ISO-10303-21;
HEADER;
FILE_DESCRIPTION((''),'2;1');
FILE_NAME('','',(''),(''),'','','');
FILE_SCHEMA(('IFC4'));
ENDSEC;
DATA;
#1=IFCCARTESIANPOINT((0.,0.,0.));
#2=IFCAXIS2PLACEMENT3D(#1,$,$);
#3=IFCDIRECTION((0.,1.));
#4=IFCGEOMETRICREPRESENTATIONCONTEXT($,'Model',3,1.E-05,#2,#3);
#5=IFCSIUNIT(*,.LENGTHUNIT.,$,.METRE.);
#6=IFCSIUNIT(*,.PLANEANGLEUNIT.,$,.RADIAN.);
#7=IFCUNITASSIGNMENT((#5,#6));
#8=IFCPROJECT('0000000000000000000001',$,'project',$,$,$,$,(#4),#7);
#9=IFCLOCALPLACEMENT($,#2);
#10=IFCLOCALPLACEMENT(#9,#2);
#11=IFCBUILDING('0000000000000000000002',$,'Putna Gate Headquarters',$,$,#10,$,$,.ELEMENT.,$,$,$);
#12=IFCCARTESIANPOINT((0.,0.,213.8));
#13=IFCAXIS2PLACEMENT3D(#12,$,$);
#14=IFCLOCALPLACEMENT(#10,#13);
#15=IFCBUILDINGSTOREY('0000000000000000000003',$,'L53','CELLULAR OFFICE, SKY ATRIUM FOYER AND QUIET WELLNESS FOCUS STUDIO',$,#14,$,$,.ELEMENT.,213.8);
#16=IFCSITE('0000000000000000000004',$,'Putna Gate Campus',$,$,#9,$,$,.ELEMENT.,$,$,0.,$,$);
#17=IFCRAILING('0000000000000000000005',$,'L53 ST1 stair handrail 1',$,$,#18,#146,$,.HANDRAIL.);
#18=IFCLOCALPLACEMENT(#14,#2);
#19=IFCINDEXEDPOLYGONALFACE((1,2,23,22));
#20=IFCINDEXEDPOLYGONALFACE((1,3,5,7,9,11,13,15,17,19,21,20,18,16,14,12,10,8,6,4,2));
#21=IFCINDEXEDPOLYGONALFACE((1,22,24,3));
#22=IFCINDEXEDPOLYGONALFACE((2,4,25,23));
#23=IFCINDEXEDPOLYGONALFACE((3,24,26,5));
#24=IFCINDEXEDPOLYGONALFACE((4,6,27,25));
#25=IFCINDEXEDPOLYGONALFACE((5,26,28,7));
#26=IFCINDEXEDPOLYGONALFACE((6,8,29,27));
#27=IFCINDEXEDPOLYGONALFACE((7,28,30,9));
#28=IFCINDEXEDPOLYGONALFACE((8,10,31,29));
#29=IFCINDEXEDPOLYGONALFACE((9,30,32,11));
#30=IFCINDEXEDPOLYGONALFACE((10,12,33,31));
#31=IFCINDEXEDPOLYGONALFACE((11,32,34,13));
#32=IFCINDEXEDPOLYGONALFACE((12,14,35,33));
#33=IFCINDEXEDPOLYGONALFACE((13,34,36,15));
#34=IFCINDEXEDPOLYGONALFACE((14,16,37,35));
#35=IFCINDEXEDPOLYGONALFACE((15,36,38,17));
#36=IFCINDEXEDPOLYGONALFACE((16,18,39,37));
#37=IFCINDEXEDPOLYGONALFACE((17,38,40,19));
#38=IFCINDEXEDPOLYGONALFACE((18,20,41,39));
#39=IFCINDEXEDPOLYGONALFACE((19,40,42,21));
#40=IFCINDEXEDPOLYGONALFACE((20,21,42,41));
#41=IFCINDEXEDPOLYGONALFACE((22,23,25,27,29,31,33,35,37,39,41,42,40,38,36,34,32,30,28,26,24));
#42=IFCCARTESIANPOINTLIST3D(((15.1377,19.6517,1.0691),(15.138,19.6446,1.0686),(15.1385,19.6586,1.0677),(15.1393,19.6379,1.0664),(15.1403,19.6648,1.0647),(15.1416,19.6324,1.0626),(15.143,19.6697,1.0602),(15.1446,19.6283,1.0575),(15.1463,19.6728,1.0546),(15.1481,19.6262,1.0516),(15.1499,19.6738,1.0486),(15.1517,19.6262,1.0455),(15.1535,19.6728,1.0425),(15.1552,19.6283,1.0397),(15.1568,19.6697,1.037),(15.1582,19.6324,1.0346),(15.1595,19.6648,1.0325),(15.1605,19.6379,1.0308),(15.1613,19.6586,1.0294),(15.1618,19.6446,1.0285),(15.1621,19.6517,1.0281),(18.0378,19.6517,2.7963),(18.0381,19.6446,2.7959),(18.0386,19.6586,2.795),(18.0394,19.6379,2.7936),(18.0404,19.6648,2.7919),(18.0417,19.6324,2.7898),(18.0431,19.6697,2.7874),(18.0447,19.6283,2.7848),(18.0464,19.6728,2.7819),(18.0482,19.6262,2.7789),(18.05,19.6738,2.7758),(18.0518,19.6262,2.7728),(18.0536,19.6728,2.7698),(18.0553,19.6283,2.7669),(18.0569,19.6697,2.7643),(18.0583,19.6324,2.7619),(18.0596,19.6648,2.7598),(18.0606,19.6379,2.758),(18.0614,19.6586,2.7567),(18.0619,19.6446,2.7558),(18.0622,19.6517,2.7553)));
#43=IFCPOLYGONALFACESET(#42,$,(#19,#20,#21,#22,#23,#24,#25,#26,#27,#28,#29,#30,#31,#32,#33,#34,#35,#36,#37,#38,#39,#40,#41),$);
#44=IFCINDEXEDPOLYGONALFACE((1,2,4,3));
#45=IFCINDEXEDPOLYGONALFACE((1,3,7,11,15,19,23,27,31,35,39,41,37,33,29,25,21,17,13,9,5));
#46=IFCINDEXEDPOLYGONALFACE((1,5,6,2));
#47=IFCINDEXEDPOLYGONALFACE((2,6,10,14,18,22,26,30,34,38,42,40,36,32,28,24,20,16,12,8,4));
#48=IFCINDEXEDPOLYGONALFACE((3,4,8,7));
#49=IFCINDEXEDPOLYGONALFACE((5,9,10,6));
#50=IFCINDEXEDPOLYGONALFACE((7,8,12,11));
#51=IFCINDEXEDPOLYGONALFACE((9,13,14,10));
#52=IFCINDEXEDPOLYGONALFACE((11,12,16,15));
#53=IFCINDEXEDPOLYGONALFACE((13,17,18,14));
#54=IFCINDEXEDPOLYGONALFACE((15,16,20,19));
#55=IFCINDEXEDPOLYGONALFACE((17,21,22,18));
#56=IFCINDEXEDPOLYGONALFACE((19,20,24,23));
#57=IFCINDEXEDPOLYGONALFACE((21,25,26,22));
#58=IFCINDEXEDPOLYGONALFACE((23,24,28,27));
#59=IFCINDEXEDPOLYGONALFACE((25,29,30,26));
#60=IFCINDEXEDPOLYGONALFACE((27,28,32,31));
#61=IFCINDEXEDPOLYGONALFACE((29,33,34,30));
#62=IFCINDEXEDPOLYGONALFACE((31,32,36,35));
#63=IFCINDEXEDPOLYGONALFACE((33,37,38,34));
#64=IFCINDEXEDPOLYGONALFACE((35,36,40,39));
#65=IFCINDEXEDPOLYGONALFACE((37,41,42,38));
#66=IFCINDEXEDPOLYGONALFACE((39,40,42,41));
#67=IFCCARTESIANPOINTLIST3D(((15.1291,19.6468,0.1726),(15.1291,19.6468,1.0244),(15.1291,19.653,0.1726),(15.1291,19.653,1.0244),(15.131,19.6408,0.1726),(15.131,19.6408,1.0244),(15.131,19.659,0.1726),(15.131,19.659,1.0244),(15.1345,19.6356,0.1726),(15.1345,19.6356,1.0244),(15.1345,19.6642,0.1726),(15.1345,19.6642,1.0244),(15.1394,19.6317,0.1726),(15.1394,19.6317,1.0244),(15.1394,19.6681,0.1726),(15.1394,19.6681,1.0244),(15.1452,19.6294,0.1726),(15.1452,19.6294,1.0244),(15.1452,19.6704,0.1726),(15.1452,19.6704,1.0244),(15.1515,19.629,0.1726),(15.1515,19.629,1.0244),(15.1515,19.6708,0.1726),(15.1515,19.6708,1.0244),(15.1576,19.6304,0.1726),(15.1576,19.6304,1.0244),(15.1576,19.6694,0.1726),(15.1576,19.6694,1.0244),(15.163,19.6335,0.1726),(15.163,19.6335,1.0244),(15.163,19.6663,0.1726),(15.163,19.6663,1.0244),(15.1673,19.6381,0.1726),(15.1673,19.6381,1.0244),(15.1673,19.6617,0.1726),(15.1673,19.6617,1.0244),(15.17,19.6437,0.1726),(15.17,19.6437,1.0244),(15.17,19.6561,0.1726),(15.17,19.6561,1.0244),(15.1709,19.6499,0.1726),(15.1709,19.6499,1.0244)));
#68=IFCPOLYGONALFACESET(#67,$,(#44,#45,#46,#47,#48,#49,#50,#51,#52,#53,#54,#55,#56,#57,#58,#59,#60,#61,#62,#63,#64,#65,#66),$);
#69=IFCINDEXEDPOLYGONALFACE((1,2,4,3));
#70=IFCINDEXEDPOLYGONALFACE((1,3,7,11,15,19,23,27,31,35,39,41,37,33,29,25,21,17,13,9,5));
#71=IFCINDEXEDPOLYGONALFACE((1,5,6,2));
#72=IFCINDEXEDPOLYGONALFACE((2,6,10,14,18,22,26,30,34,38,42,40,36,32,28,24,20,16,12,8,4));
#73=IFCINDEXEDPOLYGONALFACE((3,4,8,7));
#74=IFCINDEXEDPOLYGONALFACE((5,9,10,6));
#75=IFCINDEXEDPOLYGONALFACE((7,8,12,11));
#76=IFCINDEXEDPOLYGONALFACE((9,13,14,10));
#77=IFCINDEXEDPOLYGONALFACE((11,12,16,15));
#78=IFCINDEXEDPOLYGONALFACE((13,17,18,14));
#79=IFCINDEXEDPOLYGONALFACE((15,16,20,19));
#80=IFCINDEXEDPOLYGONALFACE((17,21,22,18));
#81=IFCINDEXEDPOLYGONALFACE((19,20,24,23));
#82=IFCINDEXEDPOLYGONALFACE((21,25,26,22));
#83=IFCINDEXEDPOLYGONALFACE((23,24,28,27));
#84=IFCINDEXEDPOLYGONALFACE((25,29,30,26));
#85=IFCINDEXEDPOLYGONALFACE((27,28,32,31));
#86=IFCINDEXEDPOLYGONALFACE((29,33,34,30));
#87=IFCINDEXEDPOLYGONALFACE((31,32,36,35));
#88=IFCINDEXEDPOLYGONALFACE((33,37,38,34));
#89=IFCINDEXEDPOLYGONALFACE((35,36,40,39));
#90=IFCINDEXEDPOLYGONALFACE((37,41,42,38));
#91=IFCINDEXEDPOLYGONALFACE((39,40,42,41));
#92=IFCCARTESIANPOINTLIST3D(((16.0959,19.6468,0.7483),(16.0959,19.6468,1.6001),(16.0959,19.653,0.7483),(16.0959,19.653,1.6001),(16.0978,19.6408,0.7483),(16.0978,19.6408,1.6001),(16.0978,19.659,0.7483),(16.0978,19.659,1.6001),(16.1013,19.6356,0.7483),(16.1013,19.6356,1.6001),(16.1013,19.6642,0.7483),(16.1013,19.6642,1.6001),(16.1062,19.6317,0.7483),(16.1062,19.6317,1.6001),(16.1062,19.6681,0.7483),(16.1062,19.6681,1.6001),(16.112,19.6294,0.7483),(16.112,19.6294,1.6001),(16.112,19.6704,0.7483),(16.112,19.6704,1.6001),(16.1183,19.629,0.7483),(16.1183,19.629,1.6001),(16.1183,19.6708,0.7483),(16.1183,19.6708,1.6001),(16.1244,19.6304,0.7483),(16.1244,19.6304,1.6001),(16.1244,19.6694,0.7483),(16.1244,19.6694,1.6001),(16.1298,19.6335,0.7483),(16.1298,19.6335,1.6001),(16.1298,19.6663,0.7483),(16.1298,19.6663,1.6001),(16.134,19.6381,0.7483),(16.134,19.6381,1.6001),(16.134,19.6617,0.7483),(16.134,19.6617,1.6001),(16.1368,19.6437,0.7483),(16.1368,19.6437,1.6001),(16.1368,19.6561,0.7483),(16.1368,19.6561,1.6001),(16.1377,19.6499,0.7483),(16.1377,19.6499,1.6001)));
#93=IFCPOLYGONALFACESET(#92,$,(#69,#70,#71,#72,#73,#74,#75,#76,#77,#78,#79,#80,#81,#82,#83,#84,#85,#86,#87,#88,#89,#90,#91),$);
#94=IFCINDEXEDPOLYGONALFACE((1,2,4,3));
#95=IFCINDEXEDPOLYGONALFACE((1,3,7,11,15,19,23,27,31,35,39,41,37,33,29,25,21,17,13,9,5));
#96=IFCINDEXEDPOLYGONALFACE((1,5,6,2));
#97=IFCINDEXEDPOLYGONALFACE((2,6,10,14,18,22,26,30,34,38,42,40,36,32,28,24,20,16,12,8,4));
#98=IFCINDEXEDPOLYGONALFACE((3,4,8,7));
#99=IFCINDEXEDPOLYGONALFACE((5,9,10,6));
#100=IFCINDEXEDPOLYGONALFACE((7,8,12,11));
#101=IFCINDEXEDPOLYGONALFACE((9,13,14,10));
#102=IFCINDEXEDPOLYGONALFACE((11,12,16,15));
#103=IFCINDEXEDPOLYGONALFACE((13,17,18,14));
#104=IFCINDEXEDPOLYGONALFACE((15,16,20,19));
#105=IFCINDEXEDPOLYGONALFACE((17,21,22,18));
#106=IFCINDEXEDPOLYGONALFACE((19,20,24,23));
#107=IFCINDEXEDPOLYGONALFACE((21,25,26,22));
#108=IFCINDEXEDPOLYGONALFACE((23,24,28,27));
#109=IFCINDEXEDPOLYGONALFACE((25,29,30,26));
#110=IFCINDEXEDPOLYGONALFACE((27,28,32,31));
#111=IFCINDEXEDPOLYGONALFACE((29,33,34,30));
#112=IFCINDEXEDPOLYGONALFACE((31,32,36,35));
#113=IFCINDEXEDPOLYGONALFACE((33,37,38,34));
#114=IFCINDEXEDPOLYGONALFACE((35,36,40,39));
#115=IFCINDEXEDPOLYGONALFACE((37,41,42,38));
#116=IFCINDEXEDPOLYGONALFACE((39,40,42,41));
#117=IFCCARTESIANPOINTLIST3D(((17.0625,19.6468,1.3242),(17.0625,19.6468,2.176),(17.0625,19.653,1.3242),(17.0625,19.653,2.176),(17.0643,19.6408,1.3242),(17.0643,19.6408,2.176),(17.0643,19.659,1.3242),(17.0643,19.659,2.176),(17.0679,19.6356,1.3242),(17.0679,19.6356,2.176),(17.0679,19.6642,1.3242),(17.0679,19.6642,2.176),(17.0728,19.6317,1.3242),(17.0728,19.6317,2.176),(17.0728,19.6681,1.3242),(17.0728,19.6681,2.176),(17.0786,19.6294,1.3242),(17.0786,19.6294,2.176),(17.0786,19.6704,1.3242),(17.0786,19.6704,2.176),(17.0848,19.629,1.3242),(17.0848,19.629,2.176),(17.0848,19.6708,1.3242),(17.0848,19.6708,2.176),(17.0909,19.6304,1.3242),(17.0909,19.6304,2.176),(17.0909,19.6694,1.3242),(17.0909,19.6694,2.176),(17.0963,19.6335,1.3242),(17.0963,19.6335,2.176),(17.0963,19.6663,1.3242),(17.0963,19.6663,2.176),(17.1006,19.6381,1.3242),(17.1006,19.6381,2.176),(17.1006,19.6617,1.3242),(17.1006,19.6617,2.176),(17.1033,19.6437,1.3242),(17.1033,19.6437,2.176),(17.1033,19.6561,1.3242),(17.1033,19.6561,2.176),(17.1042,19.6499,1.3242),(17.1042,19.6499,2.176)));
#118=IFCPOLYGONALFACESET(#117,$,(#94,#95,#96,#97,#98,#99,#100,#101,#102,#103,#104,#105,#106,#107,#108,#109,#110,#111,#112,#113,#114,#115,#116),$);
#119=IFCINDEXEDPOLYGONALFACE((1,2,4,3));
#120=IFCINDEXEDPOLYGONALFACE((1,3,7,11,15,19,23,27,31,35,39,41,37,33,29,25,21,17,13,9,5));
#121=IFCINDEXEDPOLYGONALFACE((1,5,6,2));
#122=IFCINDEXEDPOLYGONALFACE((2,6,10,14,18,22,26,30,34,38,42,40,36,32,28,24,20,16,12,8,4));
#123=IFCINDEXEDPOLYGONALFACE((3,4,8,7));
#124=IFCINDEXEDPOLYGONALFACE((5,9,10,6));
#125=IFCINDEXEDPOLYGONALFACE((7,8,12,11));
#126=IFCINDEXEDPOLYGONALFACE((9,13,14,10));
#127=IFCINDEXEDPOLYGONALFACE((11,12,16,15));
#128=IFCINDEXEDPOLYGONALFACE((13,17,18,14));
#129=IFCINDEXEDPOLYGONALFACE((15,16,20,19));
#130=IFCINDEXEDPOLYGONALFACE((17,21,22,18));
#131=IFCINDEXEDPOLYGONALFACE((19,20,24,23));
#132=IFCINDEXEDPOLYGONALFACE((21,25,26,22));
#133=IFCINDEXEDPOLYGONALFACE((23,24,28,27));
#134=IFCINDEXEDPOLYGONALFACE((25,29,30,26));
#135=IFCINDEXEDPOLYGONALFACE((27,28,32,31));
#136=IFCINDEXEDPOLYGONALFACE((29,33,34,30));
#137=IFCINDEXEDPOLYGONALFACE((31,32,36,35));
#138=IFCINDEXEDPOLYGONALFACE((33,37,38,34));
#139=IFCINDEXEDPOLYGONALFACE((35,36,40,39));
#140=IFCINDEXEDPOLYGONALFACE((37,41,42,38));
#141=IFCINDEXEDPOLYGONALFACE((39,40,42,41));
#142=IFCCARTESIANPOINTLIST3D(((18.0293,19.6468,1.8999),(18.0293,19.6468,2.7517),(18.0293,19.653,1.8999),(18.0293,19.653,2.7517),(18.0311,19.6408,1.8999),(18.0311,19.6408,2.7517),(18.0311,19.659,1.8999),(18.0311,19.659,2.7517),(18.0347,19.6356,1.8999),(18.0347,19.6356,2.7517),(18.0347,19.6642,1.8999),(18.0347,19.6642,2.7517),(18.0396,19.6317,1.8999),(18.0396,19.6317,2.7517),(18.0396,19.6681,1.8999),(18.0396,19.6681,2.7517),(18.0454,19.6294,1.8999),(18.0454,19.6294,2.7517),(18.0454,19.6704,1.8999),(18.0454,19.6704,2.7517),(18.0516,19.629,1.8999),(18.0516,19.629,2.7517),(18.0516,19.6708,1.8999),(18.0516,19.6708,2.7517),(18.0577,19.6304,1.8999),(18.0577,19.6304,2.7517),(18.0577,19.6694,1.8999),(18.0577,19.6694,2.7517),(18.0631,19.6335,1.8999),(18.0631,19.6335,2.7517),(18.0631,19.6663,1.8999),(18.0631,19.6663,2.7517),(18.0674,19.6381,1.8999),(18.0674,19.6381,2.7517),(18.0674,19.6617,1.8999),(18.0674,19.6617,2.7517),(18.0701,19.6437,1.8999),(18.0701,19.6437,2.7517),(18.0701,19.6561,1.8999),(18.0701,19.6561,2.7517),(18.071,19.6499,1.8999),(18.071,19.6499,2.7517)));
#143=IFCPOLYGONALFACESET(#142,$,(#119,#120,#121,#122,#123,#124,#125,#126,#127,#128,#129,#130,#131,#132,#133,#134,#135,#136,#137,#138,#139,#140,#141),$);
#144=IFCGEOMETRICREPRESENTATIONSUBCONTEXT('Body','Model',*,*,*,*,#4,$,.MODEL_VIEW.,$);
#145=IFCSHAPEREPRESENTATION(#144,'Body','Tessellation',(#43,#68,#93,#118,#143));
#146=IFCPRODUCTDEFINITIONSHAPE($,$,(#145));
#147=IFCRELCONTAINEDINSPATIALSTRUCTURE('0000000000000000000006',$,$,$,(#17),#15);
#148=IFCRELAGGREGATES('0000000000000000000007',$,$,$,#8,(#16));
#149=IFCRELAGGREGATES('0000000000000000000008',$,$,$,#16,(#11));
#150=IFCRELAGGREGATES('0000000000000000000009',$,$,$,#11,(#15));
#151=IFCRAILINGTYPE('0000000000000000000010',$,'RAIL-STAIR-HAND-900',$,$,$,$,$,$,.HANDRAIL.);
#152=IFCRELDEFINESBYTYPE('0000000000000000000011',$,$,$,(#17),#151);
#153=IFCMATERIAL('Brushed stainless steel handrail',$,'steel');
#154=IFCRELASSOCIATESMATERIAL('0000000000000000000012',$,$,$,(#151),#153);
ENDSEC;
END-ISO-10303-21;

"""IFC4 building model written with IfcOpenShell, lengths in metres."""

from ifc_helpers import new_model, si_unit, direction, frame, origin, origin_2d, place, context, subcontext, project, spatial, circle, extrude, material, type_object, element, save


model = new_model("IFC4")

# Units and contexts
model_context = context("Model", 3, precision=1e-05, world=origin(), true_north=direction((0.0, 1.0)))
body_context = subcontext(model_context, "Body", "Model", "MODEL_VIEW")
ifc_project = project(units=[si_unit("LENGTHUNIT", "METRE"), si_unit("PLANEANGLEUNIT", "RADIAN")], contexts=[model_context])

# Site, building, storey
site_placement = place(None, origin())
site = spatial("IfcSite", under=ifc_project, at=site_placement, Name="Putna Gate Campus", CompositionType="ELEMENT", RefElevation=0.0)
building_placement = place(site_placement, origin())
building = spatial("IfcBuilding", under=site, at=building_placement, Name="Putna Gate Headquarters", CompositionType="ELEMENT")
storey_placement = place(building_placement, frame((0.0, 0.0, 213.8)))
storey = spatial("IfcBuildingStorey", under=building, at=storey_placement, Name="L53", Description="CELLULAR OFFICE, SKY ATRIUM FOYER AND QUIET WELLNESS FOCUS STUDIO", CompositionType="ELEMENT", Elevation=213.8)

# Railing
ifc_material_1 = material(Name="Brushed stainless steel handrail", Category="steel")
railing_type = type_object("IfcRailingType", Name="RAIL-STAIR-HAND-900", PredefinedType="HANDRAIL", material=ifc_material_1)
railing_placement = place(storey_placement, frame((15.1499, 19.6499, 0.1726)))
element("IfcRailing", 1, at=railing_placement, inside=storey, type_object=railing_type, Name="L53 ST1 stair handrail 1", PredefinedType="HANDRAIL", context=body_context, shape_type="SweptSolid", body=[
    extrude(circle(Radius=0.0239, at=origin_2d()), frame((0.0, 0.0, 0.876), z_axis=(0.85916, 0.0, 0.511706), x_axis=(0.0, 1.0, 0.0)), (0.0, 0.0, 1.0), 3.3755),
    extrude(circle(Radius=0.021, at=origin_2d()), origin(), (0.0, 0.0, 1.0), 0.8518),
    extrude(circle(Radius=0.021, at=origin_2d()), frame((0.9668, 0.0, 0.5757)), (0.0, 0.0, 1.0), 0.8518),
    extrude(circle(Radius=0.021, at=origin_2d()), frame((1.9333, 0.0, 1.1516)), (0.0, 0.0, 1.0), 0.8518),
    extrude(circle(Radius=0.021, at=origin_2d()), frame((2.9001, 0.0, 1.7273)), (0.0, 0.0, 1.0), 0.8518),
])

save(model, "model.ifc")
